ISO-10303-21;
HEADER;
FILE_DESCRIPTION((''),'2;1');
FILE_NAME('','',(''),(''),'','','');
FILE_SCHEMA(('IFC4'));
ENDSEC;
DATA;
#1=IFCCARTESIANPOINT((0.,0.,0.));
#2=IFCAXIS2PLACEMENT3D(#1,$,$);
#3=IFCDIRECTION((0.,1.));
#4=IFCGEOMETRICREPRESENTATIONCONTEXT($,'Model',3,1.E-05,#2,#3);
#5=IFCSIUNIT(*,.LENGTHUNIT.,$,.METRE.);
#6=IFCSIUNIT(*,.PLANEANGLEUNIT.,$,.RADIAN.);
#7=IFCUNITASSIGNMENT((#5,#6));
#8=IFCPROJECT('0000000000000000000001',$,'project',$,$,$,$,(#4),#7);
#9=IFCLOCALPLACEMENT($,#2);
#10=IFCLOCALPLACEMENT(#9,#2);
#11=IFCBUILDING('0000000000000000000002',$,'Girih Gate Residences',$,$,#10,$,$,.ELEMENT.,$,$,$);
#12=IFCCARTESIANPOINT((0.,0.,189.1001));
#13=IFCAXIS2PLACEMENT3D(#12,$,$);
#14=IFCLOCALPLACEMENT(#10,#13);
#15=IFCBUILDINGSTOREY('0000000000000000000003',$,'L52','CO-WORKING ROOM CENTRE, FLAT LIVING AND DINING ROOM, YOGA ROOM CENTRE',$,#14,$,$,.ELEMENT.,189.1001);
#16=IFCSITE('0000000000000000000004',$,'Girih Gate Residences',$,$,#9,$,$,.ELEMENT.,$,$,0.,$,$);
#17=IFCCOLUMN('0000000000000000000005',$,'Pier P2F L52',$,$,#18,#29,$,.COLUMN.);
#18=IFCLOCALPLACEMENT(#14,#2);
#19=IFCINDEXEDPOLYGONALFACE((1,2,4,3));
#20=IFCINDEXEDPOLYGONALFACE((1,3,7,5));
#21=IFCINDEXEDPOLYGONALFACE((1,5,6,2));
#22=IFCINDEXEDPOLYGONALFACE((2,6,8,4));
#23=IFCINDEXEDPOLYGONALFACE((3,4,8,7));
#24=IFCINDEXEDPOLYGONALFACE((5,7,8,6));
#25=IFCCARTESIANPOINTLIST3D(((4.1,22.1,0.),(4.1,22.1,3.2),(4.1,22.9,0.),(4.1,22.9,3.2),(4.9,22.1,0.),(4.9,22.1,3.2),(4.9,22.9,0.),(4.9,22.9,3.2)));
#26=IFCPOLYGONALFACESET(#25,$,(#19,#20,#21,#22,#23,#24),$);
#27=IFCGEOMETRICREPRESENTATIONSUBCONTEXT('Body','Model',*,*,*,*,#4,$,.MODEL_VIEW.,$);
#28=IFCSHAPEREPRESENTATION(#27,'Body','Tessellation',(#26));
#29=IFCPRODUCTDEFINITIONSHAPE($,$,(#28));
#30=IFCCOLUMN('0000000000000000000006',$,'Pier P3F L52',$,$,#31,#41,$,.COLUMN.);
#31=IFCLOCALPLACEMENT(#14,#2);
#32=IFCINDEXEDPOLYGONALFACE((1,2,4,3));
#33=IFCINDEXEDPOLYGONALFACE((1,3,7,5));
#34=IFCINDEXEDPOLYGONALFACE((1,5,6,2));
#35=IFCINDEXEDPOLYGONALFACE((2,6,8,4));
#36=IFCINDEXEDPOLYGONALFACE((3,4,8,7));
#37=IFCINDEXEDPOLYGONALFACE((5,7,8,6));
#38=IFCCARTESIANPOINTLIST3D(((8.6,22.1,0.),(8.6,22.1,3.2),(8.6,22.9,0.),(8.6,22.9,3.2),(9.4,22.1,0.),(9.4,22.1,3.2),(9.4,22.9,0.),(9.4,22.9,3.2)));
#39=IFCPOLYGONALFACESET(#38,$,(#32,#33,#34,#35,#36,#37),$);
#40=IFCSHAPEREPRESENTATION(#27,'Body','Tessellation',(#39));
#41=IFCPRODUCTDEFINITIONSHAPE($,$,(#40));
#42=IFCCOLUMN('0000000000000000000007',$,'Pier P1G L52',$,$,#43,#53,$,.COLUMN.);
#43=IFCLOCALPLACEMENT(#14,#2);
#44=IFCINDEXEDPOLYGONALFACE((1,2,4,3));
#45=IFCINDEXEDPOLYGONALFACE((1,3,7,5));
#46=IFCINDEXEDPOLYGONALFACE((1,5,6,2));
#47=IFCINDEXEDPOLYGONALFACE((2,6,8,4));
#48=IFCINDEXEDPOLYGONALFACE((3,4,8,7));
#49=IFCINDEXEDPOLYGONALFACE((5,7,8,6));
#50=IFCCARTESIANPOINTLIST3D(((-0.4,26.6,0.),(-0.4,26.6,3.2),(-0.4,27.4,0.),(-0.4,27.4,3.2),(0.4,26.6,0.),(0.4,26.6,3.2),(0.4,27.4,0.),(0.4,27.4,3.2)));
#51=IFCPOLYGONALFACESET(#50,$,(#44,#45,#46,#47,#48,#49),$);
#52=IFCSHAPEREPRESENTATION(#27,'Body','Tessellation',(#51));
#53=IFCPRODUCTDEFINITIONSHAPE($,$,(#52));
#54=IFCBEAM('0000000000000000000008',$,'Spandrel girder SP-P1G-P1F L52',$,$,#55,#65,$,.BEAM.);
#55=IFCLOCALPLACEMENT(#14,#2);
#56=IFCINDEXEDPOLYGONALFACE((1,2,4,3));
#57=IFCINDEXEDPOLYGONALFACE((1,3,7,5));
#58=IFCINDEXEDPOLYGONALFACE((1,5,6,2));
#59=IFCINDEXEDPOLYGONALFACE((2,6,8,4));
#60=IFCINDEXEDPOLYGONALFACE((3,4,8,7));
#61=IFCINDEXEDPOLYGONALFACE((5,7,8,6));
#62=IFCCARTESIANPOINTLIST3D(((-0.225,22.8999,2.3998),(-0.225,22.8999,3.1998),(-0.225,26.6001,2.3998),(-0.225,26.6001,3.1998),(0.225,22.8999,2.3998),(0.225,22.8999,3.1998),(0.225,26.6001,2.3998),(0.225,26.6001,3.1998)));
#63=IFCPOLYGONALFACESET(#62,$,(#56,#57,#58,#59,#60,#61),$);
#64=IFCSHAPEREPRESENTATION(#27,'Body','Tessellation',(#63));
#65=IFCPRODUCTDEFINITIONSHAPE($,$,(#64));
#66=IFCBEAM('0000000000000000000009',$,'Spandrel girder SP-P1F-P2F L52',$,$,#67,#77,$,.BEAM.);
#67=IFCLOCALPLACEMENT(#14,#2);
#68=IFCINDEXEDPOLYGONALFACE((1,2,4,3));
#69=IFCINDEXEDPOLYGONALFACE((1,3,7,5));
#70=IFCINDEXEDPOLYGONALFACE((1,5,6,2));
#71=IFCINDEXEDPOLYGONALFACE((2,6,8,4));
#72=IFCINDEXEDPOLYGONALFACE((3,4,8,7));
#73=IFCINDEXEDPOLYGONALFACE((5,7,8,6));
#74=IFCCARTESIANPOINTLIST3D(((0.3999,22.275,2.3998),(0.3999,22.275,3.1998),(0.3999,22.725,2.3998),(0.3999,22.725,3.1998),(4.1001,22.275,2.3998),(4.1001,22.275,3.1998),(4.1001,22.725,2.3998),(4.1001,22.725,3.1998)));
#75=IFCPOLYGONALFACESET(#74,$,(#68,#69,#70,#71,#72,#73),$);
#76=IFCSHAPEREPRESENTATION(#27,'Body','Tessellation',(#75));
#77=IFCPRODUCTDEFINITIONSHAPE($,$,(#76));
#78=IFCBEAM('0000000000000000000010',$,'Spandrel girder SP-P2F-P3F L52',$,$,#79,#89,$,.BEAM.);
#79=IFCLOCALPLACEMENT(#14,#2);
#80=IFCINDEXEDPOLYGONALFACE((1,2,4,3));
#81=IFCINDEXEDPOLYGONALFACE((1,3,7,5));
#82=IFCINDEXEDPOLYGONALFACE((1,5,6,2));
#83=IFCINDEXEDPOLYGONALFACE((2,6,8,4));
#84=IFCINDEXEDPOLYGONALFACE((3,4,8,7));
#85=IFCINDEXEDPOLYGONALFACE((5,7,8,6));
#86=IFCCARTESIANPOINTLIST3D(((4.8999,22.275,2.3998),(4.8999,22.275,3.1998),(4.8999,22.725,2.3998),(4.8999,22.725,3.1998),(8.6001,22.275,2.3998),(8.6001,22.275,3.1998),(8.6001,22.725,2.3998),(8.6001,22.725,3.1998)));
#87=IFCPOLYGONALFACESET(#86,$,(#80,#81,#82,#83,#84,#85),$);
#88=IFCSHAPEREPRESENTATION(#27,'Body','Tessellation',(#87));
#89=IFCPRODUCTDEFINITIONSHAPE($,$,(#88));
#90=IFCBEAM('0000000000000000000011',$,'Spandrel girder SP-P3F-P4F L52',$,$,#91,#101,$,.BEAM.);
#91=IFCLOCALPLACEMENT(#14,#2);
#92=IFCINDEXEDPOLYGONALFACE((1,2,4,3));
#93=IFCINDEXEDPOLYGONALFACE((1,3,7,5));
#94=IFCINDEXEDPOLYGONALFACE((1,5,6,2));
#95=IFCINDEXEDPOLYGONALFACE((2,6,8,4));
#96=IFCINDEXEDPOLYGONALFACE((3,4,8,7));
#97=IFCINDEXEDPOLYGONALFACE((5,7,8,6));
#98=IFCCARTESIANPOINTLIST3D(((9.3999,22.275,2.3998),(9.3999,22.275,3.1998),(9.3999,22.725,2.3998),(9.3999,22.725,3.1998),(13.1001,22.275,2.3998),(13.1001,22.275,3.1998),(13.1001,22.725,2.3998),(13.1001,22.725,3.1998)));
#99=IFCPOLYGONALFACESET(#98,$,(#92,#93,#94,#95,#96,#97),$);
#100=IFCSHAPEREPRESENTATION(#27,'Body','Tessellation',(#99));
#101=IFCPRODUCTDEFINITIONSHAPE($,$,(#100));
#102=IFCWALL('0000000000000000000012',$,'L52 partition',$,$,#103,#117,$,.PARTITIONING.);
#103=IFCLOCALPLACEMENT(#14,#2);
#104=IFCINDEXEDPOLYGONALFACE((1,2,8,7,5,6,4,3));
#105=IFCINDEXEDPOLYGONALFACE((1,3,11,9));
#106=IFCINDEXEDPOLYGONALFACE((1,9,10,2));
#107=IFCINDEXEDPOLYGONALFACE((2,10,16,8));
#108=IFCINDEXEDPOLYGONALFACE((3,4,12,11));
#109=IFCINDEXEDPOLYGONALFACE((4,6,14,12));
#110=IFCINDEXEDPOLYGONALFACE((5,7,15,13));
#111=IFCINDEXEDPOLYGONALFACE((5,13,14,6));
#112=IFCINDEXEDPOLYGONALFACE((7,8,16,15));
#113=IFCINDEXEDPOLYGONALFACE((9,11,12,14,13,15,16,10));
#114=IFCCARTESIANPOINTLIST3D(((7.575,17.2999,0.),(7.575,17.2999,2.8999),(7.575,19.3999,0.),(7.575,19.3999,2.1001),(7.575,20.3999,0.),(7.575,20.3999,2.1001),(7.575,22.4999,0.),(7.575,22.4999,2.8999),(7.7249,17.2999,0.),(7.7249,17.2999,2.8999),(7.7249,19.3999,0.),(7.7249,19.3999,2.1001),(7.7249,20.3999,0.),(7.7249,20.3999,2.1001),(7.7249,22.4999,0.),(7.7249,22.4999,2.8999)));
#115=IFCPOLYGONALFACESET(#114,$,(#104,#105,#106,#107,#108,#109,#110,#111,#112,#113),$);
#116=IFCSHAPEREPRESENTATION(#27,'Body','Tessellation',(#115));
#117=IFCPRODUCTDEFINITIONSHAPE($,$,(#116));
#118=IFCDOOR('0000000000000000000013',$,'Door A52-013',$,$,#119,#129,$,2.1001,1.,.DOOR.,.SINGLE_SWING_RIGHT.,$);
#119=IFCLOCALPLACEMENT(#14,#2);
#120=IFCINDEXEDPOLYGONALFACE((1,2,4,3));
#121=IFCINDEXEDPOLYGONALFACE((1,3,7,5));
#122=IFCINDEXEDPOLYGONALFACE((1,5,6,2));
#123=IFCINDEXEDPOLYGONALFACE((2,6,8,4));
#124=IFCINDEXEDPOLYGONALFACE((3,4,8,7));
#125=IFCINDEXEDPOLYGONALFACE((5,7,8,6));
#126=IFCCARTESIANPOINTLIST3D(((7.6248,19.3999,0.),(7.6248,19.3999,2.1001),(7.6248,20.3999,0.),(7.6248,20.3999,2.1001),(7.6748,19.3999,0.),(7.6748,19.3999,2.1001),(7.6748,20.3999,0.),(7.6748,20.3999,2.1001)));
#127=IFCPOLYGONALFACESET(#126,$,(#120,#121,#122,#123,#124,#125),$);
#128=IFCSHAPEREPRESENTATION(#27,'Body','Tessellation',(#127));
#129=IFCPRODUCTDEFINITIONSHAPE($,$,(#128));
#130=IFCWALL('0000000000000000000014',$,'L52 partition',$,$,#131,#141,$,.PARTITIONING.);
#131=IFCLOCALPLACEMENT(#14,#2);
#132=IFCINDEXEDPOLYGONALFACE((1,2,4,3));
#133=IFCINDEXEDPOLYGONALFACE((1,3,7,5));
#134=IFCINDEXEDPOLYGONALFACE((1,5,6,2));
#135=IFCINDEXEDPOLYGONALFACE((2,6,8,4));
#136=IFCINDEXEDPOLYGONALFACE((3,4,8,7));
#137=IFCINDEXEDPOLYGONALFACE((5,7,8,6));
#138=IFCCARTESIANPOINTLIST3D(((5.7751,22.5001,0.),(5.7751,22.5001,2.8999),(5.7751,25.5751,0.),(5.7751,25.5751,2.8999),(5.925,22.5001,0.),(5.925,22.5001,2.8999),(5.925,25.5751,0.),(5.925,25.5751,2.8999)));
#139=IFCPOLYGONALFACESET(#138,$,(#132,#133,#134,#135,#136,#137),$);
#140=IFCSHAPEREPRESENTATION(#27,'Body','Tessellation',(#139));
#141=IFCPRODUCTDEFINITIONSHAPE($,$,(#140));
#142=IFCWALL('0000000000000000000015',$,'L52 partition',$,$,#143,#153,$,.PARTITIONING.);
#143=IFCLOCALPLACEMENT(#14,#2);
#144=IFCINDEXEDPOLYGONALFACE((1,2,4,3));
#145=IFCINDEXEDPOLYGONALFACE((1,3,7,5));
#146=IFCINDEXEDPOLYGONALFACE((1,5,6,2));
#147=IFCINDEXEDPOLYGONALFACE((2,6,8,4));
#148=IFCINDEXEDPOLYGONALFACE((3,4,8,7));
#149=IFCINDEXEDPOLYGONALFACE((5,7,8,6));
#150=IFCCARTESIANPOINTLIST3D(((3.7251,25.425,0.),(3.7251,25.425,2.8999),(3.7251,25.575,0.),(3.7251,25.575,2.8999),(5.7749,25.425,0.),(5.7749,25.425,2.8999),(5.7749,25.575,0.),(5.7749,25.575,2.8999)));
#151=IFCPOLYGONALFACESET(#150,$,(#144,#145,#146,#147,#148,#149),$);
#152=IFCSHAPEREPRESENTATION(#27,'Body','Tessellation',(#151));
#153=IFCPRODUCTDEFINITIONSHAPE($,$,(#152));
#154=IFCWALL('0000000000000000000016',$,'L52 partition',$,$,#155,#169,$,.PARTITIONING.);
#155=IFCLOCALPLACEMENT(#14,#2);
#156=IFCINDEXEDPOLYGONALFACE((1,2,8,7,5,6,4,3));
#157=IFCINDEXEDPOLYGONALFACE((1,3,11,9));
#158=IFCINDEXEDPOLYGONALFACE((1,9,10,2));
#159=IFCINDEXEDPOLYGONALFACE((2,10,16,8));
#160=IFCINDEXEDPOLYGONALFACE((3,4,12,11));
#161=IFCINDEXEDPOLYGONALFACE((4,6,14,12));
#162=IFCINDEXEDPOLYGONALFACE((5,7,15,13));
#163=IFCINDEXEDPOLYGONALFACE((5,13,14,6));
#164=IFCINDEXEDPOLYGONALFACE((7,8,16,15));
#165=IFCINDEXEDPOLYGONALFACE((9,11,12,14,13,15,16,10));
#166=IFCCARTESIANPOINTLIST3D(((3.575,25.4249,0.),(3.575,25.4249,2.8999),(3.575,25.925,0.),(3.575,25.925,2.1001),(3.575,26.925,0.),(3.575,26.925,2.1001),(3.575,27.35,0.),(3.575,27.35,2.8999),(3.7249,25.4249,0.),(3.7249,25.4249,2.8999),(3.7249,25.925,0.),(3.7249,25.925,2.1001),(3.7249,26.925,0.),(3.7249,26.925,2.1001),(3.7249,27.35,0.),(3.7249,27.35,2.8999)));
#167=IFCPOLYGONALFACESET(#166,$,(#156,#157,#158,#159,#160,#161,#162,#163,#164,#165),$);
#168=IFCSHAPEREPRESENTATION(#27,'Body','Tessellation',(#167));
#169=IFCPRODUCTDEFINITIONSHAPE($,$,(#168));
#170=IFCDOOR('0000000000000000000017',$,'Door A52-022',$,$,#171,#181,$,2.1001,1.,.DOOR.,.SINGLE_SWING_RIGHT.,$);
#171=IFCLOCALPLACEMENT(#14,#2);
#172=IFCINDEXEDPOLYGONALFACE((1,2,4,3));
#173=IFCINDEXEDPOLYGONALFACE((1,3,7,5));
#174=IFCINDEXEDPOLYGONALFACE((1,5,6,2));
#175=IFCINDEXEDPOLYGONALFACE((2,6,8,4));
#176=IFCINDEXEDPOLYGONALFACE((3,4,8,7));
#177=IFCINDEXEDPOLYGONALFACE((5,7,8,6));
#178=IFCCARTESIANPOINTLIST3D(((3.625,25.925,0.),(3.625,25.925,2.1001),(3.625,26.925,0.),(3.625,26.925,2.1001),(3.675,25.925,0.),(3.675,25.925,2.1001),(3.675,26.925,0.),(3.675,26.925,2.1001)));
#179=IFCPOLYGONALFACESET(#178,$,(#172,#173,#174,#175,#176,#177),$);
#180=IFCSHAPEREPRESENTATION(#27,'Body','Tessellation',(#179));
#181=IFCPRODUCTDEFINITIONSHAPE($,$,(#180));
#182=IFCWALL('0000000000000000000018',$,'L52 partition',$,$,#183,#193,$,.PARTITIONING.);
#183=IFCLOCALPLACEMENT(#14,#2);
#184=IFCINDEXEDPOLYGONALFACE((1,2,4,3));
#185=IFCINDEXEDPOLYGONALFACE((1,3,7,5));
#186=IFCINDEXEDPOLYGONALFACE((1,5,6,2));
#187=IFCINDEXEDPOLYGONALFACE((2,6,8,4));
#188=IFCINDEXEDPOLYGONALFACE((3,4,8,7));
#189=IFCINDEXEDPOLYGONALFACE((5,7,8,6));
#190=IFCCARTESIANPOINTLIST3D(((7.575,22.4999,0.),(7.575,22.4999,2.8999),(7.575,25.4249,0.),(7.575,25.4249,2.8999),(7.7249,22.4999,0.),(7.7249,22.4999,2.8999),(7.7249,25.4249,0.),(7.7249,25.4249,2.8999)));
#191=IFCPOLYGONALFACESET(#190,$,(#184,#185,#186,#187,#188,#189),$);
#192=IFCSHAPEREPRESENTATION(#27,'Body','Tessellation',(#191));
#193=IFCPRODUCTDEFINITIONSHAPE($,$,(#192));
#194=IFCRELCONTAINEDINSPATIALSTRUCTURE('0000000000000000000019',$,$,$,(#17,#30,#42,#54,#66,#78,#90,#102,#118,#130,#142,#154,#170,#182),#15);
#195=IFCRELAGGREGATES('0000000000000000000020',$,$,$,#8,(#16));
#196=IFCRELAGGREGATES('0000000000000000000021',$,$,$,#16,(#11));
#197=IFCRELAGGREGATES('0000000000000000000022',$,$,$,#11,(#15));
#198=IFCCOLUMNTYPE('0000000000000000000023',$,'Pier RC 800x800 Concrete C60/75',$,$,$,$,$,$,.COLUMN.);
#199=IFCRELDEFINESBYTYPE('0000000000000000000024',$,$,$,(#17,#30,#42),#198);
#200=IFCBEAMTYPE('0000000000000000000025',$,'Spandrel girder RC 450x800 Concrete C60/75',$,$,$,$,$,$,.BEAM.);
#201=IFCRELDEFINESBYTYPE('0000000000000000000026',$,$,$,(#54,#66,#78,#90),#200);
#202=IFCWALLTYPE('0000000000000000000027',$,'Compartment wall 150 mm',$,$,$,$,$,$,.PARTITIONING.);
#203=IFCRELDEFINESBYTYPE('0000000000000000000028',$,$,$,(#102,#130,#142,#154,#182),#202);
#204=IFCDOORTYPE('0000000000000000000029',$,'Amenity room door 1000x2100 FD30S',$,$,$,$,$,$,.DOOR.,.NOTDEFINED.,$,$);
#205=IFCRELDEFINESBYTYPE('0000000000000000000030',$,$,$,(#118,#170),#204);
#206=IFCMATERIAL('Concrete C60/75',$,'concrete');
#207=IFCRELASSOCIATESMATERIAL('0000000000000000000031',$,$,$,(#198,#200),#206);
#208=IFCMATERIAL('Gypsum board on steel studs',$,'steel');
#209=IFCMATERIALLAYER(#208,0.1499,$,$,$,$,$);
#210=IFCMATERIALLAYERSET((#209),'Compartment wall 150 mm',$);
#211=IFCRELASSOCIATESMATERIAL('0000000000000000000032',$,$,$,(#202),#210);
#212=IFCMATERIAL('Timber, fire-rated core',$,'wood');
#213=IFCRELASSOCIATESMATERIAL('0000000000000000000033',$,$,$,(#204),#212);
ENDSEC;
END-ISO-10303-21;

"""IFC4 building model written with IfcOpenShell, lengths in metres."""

from ifc_helpers import new_model, si_unit, direction, frame, frame_2d, origin, origin_2d, place, context, subcontext, project, spatial, rectangle, extrude, material, layer, layer_set, material_profile, profile_set, type_object, element, fill, save


model = new_model("IFC4")

# Units and contexts
model_context = context("Model", 3, precision=1e-05, world=origin(), true_north=direction((0.0, 1.0)))
body_context = subcontext(model_context, "Body", "Model", "MODEL_VIEW")
ifc_project = project(units=[si_unit("LENGTHUNIT", "METRE"), si_unit("PLANEANGLEUNIT", "RADIAN")], contexts=[model_context])

# Site, building, storey
site_placement = place(None, origin())
site = spatial("IfcSite", under=ifc_project, at=site_placement, Name="Girih Gate Residences", CompositionType="ELEMENT", RefElevation=0.0)
building_placement = place(site_placement, origin())
building = spatial("IfcBuilding", under=site, at=building_placement, Name="Girih Gate Residences", CompositionType="ELEMENT")
storey_placement = place(building_placement, frame((0.0, 0.0, 189.1001)))
storey = spatial("IfcBuildingStorey", under=building, at=storey_placement, Name="L52", Description="CO-WORKING ROOM CENTRE, FLAT LIVING AND DINING ROOM, YOGA ROOM CENTRE", CompositionType="ELEMENT", Elevation=189.1001)

# Columns
ifc_material_1 = material(Name="Concrete C60/75", Category="concrete")
ifc_material_profile_1 = material_profile(ifc_material_1, rectangle(XDim=0.8, YDim=0.8, at=origin_2d()))
ifc_profile_set_1 = profile_set([ifc_material_profile_1], Name="Concrete C60/75")
column_type = type_object("IfcColumnType", Name="Pier RC 800x800 Concrete C60/75", PredefinedType="COLUMN", material=ifc_profile_set_1)
for number, where, z_axis, x_axis, name in (
    (1, (4.5, 22.5, 0.0), (0.0, 0.0, 1.0), (1.0, 0.0, 0.0), "Pier P2F L52"),
    (2, (9.0, 22.5, 0.0), (0.0, 0.0, 1.0), (1.0, 0.0, 0.0), "Pier P3F L52"),
    (3, (0.0, 27.0, 0.0), (0.0, 0.0, 1.0), (1.0, 0.0, 0.0), "Pier P1G L52"),
):
    element("IfcColumn", number, at=place(storey_placement, frame(where, z_axis=z_axis, x_axis=x_axis)), inside=storey, type_object=column_type, Name=name, PredefinedType="COLUMN", context=body_context, shape_type="SweptSolid", body=[
        extrude(rectangle(XDim=0.8, YDim=0.8, at=origin_2d()), origin(), (0.0, 0.0, 1.0), 3.2),
    ])

# Beams
ifc_material_profile_2 = material_profile(ifc_material_1, rectangle(XDim=0.45, YDim=0.8, at=origin_2d()))
ifc_profile_set_2 = profile_set([ifc_material_profile_2], Name="Concrete C60/75")
beam_type = type_object("IfcBeamType", Name="Spandrel girder RC 450x800 Concrete C60/75", PredefinedType="BEAM", material=ifc_profile_set_2)
for number, where, z_axis, x_axis, name in (
    (4, (0.0, 26.6001, 2.7998), (0.0, -1.0, 0.0), (1.0, 0.0, 0.0), "Spandrel girder SP-P1G-P1F L52"),
    (5, (0.3999, 22.5, 2.7998), (1.0, 0.0, 0.0), (0.0, 1.0, 0.0), "Spandrel girder SP-P1F-P2F L52"),
    (6, (4.8999, 22.5, 2.7998), (1.0, 0.0, 0.0), (0.0, 1.0, 0.0), "Spandrel girder SP-P2F-P3F L52"),
    (7, (9.3999, 22.5, 2.7998), (1.0, 0.0, 0.0), (0.0, 1.0, 0.0), "Spandrel girder SP-P3F-P4F L52"),
):
    element("IfcBeam", number, at=place(storey_placement, frame(where, z_axis=z_axis, x_axis=x_axis)), inside=storey, type_object=beam_type, Name=name, PredefinedType="BEAM", context=body_context, shape_type="SweptSolid", body=[
        extrude(rectangle(XDim=0.45, YDim=0.8, at=origin_2d()), origin(), (0.0, 0.0, 1.0), 3.7002),
    ])

# Wall, opening, door
ifc_material_2 = material(Name="Gypsum board on steel studs", Category="steel")
ifc_layer_1 = layer(ifc_material_2, 0.1499)
ifc_layer_set_1 = layer_set([ifc_layer_1], Name="Compartment wall 150 mm")
wall_type_1 = type_object("IfcWallType", Name="Compartment wall 150 mm", PredefinedType="PARTITIONING", material=ifc_layer_set_1)
wall_1_placement = place(storey_placement, frame((7.6499, 22.5, 0.0), z_axis=(0.0, 0.0, 1.0), x_axis=(0.0, -1.0, 0.0)))
wall_1 = element("IfcWall", 8, at=wall_1_placement, inside=storey, type_object=wall_type_1, Name="L52 partition", PredefinedType="PARTITIONING", context=body_context, shape_type="SweptSolid", body=[
    extrude(rectangle(XDim=5.2, YDim=0.1499, at=frame_2d((2.6001, 0.0))), origin(), (0.0, 0.0, 1.0), 2.8999),
])
opening_1_placement = place(wall_1_placement, frame((2.1001, 0.0, 0.0)))
opening_1 = element("IfcOpeningElement", 9, at=opening_1_placement, cuts=wall_1, PredefinedType="OPENING", context=body_context, shape_type="SweptSolid", body=[
    extrude(rectangle(XDim=1.0, YDim=2.1001, at=frame_2d((0.5, 1.05))), frame((0.0, 0.085, 0.0), z_axis=(0.0, -1.0, 0.0), x_axis=(1.0, 0.0, 0.0)), (0.0, 0.0, 1.0), 0.1699),
])
ifc_material_3 = material(Name="Timber, fire-rated core", Category="wood")
door_type_1 = type_object("IfcDoorType", Name="Amenity room door 1000x2100 FD30S", OperationType="NOTDEFINED", PredefinedType="DOOR", material=ifc_material_3)
door_1_placement = place(opening_1_placement, origin())
door_1 = element("IfcDoor", 10, at=door_1_placement, inside=storey, type_object=door_type_1, Name="Door A52-013", OperationType="SINGLE_SWING_RIGHT", OverallHeight=2.1001, OverallWidth=1.0, PredefinedType="DOOR", context=body_context, shape_type="SweptSolid", body=[
    extrude(rectangle(XDim=1.0, YDim=2.1001, at=frame_2d((0.5, 1.05))), frame((0.0, 0.0249, 0.0), z_axis=(0.0, -1.0, 0.0), x_axis=(1.0, 0.0, 0.0)), (0.0, 0.0, 1.0), 0.05),
])
fill(opening_1, door_1)

# Walls
wall_2_placement = place(storey_placement, frame((5.8501, 22.5, 0.0), z_axis=(0.0, 0.0, 1.0), x_axis=(0.0, 1.0, 0.0)))
element("IfcWall", 11, at=wall_2_placement, inside=storey, type_object=wall_type_1, Name="L52 partition", PredefinedType="PARTITIONING", context=body_context, shape_type="SweptSolid", body=[
    extrude(rectangle(XDim=3.075, YDim=0.1499, at=frame_2d((1.5376, 0.0))), origin(), (0.0, 0.0, 1.0), 2.8999),
])
wall_3_placement = place(storey_placement, frame((3.7251, 25.5, 0.0), z_axis=(0.0, 0.0, 1.0), x_axis=(1.0, 0.0, 0.0)))
element("IfcWall", 12, at=wall_3_placement, inside=storey, type_object=wall_type_1, Name="L52 partition", PredefinedType="PARTITIONING", context=body_context, shape_type="SweptSolid", body=[
    extrude(rectangle(XDim=2.0498, YDim=0.1499, at=frame_2d((1.0249, 0.0))), origin(), (0.0, 0.0, 1.0), 2.8999),
])

# Wall, opening, door
wall_4_placement = place(storey_placement, frame((3.6499, 25.425, 0.0), z_axis=(0.0, 0.0, 1.0), x_axis=(0.0, 1.0, 0.0)))
wall_4 = element("IfcWall", 13, at=wall_4_placement, inside=storey, type_object=wall_type_1, Name="L52 partition", PredefinedType="PARTITIONING", context=body_context, shape_type="SweptSolid", body=[
    extrude(rectangle(XDim=1.925, YDim=0.1499, at=frame_2d((0.9624, 0.0))), origin(), (0.0, 0.0, 1.0), 2.8999),
])
opening_2_placement = place(wall_4_placement, frame((0.5, 0.0, 0.0)))
opening_2 = element("IfcOpeningElement", 14, at=opening_2_placement, cuts=wall_4, PredefinedType="OPENING", context=body_context, shape_type="SweptSolid", body=[
    extrude(rectangle(XDim=1.0, YDim=2.1001, at=frame_2d((0.5, 1.05))), frame((0.0, 0.085, 0.0), z_axis=(0.0, -1.0, 0.0), x_axis=(1.0, 0.0, 0.0)), (0.0, 0.0, 1.0), 0.1699),
])
door_2_placement = place(opening_2_placement, origin())
door_2 = element("IfcDoor", 15, at=door_2_placement, inside=storey, type_object=door_type_1, Name="Door A52-022", OperationType="SINGLE_SWING_RIGHT", OverallHeight=2.1001, OverallWidth=1.0, PredefinedType="DOOR", context=body_context, shape_type="SweptSolid", body=[
    extrude(rectangle(XDim=1.0, YDim=2.1001, at=frame_2d((0.5, 1.05))), frame((0.0, 0.0249, 0.0), z_axis=(0.0, -1.0, 0.0), x_axis=(1.0, 0.0, 0.0)), (0.0, 0.0, 1.0), 0.05),
])
fill(opening_2, door_2)

# Wall
wall_5_placement = place(storey_placement, frame((7.6499, 22.5, 0.0), z_axis=(0.0, 0.0, 1.0), x_axis=(0.0, 1.0, 0.0)))
element("IfcWall", 16, at=wall_5_placement, inside=storey, type_object=wall_type_1, Name="L52 partition", PredefinedType="PARTITIONING", context=body_context, shape_type="SweptSolid", body=[
    extrude(rectangle(XDim=2.925, YDim=0.1499, at=frame_2d((1.4624, 0.0))), origin(), (0.0, 0.0, 1.0), 2.8999),
])

save(model, "model.ifc")
